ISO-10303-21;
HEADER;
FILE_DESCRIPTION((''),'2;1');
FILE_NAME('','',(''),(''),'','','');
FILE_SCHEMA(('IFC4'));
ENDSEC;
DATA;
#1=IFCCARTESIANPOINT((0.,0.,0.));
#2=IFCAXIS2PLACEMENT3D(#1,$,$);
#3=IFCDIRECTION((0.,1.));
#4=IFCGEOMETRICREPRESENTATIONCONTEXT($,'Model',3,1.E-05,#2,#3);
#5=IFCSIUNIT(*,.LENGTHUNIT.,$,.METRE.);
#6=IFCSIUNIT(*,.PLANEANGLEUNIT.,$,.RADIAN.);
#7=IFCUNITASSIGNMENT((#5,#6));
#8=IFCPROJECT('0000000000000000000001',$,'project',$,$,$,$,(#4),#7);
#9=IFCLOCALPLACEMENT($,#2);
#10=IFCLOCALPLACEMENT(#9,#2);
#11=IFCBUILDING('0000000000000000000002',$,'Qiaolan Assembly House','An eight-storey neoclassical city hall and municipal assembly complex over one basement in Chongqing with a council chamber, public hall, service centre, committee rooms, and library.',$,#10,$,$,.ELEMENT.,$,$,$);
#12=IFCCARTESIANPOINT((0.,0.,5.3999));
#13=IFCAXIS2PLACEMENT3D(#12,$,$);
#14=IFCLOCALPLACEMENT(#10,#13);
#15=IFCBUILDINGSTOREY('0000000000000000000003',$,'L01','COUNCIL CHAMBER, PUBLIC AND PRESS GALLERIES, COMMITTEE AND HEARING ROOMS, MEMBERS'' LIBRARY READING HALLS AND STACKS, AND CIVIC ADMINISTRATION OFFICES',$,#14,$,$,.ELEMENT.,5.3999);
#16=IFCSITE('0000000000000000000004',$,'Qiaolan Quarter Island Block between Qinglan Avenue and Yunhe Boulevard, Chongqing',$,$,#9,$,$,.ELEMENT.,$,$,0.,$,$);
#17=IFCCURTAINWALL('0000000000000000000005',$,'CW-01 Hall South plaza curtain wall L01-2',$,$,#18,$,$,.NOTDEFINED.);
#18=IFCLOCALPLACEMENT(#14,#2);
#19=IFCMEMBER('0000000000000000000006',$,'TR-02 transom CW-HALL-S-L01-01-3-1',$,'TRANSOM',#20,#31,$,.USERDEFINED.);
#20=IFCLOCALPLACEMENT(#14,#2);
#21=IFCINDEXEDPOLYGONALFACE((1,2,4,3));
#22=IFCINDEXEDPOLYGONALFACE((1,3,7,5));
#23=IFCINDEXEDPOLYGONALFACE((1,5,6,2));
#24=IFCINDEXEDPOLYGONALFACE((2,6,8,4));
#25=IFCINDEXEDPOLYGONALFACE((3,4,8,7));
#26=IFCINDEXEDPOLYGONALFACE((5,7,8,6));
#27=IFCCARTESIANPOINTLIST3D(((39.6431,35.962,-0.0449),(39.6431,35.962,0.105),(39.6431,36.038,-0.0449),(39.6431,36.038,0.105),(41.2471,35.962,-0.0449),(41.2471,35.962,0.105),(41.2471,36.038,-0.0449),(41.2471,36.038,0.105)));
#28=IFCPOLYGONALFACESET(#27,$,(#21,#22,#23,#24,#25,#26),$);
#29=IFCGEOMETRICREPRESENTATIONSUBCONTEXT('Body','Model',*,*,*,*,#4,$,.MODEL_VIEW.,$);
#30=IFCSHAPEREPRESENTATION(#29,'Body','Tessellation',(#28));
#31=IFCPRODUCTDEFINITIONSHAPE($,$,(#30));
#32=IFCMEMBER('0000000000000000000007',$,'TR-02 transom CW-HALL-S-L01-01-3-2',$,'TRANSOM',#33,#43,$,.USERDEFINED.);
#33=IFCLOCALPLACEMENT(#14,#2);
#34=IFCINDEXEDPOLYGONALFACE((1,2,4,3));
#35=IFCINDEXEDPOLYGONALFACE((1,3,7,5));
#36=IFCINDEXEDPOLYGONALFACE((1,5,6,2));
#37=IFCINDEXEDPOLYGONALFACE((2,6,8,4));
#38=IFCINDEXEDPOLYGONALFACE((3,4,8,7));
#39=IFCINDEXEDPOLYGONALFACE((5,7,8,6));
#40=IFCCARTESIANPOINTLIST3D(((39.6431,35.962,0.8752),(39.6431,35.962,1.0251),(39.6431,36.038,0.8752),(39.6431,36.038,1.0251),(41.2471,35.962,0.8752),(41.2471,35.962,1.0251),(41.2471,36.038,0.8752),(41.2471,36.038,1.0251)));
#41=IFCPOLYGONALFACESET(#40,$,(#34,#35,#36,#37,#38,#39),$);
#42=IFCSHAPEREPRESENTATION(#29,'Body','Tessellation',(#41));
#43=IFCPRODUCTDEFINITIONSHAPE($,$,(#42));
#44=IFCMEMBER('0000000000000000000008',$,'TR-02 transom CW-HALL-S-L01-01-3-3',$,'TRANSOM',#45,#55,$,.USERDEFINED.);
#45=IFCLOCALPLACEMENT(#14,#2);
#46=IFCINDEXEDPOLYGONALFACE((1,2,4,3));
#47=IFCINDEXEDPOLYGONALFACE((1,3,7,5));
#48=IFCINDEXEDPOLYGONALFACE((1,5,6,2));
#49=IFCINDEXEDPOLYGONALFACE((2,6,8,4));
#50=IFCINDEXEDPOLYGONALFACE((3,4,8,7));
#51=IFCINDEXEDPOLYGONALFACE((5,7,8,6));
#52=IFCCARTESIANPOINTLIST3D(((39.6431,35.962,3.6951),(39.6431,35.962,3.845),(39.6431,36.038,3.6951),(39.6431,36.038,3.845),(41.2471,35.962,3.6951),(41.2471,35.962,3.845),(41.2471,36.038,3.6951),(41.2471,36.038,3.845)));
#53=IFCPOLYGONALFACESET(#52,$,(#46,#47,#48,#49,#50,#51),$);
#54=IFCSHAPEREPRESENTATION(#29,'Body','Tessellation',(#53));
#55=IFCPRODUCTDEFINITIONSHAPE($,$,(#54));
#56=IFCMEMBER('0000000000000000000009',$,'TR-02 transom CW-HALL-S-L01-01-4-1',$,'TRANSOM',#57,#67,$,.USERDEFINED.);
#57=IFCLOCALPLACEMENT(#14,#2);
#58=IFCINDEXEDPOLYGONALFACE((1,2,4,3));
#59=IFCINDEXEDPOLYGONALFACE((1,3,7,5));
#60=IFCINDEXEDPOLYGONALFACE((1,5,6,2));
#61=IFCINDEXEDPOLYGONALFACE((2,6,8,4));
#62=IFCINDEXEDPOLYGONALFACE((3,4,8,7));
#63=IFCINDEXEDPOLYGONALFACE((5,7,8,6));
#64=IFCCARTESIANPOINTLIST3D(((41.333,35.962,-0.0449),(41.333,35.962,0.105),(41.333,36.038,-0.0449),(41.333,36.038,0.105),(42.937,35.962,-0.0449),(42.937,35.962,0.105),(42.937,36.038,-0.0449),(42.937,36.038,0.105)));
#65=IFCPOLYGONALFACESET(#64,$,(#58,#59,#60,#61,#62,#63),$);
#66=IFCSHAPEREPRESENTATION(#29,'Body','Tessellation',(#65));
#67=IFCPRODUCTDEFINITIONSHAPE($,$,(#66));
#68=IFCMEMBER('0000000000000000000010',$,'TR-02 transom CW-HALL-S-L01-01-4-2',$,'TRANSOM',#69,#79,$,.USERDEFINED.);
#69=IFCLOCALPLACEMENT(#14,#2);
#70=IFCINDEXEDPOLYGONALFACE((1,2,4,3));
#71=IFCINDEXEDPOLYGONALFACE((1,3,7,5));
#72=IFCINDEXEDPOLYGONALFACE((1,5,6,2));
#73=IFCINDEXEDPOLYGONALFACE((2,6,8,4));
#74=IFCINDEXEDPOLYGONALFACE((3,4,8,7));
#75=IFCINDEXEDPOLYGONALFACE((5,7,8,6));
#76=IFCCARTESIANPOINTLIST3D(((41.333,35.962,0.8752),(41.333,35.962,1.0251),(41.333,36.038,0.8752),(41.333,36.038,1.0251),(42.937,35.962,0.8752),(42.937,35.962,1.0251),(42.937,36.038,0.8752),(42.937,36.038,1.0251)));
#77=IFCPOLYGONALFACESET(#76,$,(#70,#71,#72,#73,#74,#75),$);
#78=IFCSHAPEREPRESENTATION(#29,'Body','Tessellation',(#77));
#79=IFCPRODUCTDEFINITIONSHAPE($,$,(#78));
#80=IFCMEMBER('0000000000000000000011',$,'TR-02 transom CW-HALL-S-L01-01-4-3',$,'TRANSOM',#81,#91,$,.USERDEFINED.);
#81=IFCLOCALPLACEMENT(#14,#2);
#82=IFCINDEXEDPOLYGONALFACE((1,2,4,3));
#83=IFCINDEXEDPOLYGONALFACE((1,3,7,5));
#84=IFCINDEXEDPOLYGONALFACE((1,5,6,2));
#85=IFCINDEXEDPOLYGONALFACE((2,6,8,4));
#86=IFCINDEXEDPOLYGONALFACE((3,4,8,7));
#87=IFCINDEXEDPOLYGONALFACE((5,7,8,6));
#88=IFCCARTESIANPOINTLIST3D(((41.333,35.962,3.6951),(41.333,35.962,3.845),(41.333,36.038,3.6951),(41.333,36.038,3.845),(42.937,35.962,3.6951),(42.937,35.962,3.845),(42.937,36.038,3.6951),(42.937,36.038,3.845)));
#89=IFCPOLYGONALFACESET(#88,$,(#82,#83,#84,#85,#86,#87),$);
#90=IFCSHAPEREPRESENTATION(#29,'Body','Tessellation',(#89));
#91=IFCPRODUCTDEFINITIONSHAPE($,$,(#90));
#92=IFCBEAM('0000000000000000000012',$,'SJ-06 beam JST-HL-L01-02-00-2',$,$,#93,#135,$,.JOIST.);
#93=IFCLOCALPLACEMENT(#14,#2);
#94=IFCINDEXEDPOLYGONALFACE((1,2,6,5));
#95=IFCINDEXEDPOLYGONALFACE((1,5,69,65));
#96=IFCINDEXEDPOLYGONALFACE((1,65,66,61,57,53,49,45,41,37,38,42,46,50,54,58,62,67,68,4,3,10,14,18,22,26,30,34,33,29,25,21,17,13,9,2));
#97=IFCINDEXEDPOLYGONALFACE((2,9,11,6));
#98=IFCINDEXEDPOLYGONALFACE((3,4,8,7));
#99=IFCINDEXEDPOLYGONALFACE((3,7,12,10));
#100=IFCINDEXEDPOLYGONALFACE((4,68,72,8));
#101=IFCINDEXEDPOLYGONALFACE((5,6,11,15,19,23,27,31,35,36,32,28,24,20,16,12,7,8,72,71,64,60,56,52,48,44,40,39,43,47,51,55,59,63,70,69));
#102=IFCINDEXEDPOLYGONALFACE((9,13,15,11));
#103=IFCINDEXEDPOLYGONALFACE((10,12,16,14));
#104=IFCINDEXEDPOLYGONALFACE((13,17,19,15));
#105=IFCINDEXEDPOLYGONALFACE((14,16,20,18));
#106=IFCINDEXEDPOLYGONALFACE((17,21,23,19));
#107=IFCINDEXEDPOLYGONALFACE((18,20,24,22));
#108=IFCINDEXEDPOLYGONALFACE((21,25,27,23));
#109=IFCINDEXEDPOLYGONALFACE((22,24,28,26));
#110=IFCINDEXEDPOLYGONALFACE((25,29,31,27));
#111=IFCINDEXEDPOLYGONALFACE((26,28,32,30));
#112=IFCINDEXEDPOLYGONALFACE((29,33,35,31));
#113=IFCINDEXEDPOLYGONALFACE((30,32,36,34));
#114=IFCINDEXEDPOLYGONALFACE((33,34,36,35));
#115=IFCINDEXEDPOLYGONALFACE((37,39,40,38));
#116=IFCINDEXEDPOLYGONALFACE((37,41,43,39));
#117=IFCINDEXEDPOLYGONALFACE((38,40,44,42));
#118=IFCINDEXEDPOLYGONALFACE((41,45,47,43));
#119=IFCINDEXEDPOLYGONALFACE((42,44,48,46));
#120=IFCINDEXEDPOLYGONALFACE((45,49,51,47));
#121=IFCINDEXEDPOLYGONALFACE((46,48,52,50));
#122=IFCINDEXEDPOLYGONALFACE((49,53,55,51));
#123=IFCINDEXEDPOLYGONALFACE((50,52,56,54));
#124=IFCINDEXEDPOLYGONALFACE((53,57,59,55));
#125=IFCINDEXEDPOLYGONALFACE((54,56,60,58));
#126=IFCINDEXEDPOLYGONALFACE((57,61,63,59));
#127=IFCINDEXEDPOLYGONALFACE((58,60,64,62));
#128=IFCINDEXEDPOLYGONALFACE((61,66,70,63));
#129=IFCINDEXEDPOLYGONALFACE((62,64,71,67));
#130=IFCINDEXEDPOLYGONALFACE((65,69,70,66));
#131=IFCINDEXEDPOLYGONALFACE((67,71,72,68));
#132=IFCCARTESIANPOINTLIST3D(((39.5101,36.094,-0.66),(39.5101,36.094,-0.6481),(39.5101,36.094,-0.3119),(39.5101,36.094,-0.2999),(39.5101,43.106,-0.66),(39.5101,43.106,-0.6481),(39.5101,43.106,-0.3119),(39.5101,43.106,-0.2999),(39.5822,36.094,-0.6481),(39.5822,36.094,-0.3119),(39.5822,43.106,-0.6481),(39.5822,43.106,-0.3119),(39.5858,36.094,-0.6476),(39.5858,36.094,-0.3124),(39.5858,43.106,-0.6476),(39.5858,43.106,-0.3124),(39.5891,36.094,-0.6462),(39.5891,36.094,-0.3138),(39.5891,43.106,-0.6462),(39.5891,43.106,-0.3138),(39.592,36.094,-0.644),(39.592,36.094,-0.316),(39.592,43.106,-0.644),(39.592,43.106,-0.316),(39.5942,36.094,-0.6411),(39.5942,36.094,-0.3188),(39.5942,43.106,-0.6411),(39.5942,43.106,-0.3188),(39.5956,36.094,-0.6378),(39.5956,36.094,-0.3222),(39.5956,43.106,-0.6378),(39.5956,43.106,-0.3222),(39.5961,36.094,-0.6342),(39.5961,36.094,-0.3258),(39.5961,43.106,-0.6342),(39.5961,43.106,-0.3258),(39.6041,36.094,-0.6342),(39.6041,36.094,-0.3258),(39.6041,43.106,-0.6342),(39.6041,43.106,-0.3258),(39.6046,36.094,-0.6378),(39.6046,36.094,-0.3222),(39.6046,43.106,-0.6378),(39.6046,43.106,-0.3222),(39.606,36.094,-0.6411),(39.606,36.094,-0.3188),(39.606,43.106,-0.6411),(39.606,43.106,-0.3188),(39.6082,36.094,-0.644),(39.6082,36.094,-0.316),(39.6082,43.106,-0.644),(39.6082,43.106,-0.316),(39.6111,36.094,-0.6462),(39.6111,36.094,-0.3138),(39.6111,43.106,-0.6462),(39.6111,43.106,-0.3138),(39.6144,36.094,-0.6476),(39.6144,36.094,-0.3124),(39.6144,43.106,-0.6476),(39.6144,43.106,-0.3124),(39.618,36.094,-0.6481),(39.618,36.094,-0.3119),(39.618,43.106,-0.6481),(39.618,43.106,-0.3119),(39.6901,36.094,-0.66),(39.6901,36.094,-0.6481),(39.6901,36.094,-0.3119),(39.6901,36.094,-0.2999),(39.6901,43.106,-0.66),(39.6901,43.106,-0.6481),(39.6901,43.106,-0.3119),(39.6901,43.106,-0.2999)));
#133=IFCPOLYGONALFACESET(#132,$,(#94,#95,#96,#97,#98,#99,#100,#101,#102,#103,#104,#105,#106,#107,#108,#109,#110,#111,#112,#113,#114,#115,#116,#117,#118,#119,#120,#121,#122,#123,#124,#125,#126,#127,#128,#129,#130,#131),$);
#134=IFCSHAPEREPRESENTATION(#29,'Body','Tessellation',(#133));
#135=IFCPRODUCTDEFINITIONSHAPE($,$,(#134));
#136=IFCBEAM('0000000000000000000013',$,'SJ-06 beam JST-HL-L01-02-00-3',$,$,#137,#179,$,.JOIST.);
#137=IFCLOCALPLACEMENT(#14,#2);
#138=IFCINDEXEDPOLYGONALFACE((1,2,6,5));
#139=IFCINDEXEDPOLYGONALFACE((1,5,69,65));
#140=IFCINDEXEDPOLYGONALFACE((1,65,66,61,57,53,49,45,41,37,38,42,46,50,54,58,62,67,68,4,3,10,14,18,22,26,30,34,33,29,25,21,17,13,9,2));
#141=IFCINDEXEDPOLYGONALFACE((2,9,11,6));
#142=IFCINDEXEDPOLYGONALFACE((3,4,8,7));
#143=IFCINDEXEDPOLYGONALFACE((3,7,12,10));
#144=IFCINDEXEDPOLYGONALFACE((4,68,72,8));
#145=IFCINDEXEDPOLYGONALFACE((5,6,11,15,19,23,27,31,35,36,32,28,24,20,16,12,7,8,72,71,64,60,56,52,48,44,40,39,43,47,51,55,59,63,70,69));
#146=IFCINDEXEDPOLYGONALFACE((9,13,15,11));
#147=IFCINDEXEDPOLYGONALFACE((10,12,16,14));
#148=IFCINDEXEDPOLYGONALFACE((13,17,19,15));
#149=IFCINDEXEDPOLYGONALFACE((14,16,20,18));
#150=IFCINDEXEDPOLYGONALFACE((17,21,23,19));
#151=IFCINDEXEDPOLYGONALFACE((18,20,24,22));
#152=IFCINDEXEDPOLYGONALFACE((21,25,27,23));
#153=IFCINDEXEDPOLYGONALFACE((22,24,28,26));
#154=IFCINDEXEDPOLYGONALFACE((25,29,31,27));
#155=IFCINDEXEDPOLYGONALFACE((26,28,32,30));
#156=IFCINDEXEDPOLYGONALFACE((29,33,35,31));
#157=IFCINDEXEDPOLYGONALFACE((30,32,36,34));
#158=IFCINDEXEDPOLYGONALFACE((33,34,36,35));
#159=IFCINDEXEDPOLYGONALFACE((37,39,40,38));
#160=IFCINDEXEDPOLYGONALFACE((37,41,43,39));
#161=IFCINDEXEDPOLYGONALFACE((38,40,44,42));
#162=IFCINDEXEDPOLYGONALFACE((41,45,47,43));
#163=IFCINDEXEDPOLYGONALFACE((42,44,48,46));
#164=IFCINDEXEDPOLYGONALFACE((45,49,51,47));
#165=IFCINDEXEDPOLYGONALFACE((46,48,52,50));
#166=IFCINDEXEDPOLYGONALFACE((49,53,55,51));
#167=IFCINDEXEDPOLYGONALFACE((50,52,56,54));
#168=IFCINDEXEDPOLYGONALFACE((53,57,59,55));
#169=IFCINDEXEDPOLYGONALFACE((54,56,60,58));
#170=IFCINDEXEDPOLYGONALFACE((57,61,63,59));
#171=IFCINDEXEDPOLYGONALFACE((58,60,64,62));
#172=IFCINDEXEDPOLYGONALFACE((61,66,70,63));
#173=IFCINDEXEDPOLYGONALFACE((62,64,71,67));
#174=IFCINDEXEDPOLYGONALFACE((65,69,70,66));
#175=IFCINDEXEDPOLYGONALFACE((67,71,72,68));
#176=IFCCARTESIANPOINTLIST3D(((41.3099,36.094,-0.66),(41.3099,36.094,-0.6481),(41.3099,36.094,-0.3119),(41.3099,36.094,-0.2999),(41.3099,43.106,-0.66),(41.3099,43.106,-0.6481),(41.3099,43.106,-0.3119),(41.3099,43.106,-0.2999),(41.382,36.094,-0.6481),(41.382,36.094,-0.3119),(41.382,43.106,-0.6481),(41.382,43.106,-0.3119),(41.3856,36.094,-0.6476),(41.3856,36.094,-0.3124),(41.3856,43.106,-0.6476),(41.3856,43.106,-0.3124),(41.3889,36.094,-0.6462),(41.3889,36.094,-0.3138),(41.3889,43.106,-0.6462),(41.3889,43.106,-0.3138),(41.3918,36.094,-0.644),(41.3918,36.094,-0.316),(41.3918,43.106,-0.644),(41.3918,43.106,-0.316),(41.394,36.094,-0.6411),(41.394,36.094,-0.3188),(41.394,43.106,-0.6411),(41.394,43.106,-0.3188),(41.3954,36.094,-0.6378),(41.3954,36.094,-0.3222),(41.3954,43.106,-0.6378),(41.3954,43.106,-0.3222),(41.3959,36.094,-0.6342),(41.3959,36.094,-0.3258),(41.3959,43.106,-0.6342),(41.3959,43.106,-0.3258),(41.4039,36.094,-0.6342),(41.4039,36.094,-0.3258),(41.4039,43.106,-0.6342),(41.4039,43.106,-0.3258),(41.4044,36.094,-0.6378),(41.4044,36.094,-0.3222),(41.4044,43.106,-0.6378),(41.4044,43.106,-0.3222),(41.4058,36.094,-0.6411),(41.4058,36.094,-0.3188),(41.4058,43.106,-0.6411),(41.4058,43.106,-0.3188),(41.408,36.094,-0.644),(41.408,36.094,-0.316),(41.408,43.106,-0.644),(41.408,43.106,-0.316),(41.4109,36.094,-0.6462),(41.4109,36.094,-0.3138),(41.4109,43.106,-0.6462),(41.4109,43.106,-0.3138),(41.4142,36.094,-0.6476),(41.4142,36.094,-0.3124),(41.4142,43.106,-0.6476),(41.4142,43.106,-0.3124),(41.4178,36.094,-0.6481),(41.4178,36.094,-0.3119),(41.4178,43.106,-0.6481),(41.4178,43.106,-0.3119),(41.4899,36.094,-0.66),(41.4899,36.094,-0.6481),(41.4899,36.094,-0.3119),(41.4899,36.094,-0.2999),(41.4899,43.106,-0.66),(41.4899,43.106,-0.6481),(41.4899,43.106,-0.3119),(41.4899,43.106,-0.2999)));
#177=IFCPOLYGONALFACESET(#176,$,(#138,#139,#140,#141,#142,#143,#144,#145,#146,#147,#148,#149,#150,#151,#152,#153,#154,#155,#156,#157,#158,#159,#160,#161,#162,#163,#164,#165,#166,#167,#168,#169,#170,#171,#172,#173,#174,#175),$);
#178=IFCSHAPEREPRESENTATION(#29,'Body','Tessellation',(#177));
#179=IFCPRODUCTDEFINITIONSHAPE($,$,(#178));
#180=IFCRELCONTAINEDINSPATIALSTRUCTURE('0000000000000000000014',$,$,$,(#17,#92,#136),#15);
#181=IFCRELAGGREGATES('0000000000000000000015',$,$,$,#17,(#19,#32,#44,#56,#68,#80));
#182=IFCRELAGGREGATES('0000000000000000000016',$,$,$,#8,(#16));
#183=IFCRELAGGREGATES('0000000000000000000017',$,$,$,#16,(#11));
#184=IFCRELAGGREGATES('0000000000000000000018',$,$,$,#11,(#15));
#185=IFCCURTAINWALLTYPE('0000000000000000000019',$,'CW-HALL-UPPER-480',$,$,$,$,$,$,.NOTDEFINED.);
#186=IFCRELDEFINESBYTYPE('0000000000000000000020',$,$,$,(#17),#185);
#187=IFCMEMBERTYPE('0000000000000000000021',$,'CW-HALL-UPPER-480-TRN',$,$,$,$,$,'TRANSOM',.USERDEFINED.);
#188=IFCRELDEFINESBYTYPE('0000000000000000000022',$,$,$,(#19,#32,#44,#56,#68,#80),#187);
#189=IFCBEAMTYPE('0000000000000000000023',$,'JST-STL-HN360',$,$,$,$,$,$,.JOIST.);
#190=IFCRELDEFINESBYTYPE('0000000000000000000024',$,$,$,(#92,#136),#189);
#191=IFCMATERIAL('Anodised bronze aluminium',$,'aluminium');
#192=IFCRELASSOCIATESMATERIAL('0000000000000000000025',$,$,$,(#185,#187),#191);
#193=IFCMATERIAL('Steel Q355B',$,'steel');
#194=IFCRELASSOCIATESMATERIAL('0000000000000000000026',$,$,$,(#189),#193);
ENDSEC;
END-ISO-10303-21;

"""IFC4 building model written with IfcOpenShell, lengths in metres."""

from ifc_helpers import new_model, si_unit, direction, frame, origin, origin_2d, place, context, subcontext, project, spatial, rectangle, i_section, extrude, material, material_profile, profile_set, type_object, element, aggregate, save


model = new_model("IFC4")

# Units and contexts
model_context = context("Model", 3, precision=1e-05, world=origin(), true_north=direction((0.0, 1.0)))
body_context = subcontext(model_context, "Body", "Model", "MODEL_VIEW")
ifc_project = project(units=[si_unit("LENGTHUNIT", "METRE"), si_unit("PLANEANGLEUNIT", "RADIAN")], contexts=[model_context])

# Site, building, storey
site_placement = place(None, origin())
site = spatial("IfcSite", under=ifc_project, at=site_placement, Name="Qiaolan Quarter Island Block between Qinglan Avenue and Yunhe Boulevard, Chongqing", CompositionType="ELEMENT", RefElevation=0.0)
building_placement = place(site_placement, origin())
building = spatial("IfcBuilding", under=site, at=building_placement, Name="Qiaolan Assembly House", Description="An eight-storey neoclassical city hall and municipal assembly complex over one basement in Chongqing with a council chamber, public hall, service centre, committee rooms, and library.", CompositionType="ELEMENT")
storey_placement = place(building_placement, frame((0.0, 0.0, 5.3999)))
storey = spatial("IfcBuildingStorey", under=building, at=storey_placement, Name="L01", Description="COUNCIL CHAMBER, PUBLIC AND PRESS GALLERIES, COMMITTEE AND HEARING ROOMS, MEMBERS' LIBRARY READING HALLS AND STACKS, AND CIVIC ADMINISTRATION OFFICES", CompositionType="ELEMENT", Elevation=5.3999)

# Shared definitions
ifc_material_1 = material(Name="Steel Q355B", Category="steel")

# Curtain wall
ifc_material_2 = material(Name="Anodised bronze aluminium", Category="aluminium")
curtain_wall_type = type_object("IfcCurtainWallType", Name="CW-HALL-UPPER-480", PredefinedType="NOTDEFINED", material=ifc_material_2)
curtain_wall_1_placement = place(storey_placement, origin())
curtain_wall_1 = element("IfcCurtainWall", 1, at=curtain_wall_1_placement, inside=storey, type_object=curtain_wall_type, Name="CW-01 Hall South plaza curtain wall L01-2", PredefinedType="NOTDEFINED")

# Members
ifc_material_profile_1 = material_profile(ifc_material_2, rectangle(XDim=0.0759, YDim=0.1499, at=origin_2d()), Name="TRN 76x150")
ifc_profile_set_1 = profile_set([ifc_material_profile_1], Name="Anodised bronze aluminium")
member_type_1 = type_object("IfcMemberType", Name="CW-HALL-UPPER-480-TRN", ElementType="TRANSOM", PredefinedType="USERDEFINED", material=ifc_profile_set_1)
member_1_placement = place(storey_placement, frame((39.6431, 36.0, 0.03), z_axis=(1.0, 0.0, 0.0), x_axis=(0.0, 1.0, 0.0)))
member_1 = element("IfcMember", 2, at=member_1_placement, type_object=member_type_1, Name="TR-02 transom CW-HALL-S-L01-01-3-1", ObjectType="TRANSOM", PredefinedType="USERDEFINED", context=body_context, shape_type="SweptSolid", body=[
    extrude(rectangle(XDim=0.0759, YDim=0.1499, at=origin_2d()), origin(), (0.0, 0.0, 1.0), 1.604),
])
member_2_placement = place(storey_placement, frame((39.6431, 36.0, 0.9502), z_axis=(1.0, 0.0, 0.0), x_axis=(0.0, 1.0, 0.0)))
member_2 = element("IfcMember", 3, at=member_2_placement, type_object=member_type_1, Name="TR-02 transom CW-HALL-S-L01-01-3-2", ObjectType="TRANSOM", PredefinedType="USERDEFINED", context=body_context, shape_type="SweptSolid", body=[
    extrude(rectangle(XDim=0.0759, YDim=0.1499, at=origin_2d()), origin(), (0.0, 0.0, 1.0), 1.604),
])
member_3_placement = place(storey_placement, frame((39.6431, 36.0, 3.77), z_axis=(1.0, 0.0, 0.0), x_axis=(0.0, 1.0, 0.0)))
member_3 = element("IfcMember", 4, at=member_3_placement, type_object=member_type_1, Name="TR-02 transom CW-HALL-S-L01-01-3-3", ObjectType="TRANSOM", PredefinedType="USERDEFINED", context=body_context, shape_type="SweptSolid", body=[
    extrude(rectangle(XDim=0.0759, YDim=0.1499, at=origin_2d()), origin(), (0.0, 0.0, 1.0), 1.604),
])
member_4_placement = place(storey_placement, frame((41.333, 36.0, 0.03), z_axis=(1.0, 0.0, 0.0), x_axis=(0.0, 1.0, 0.0)))
member_4 = element("IfcMember", 5, at=member_4_placement, type_object=member_type_1, Name="TR-02 transom CW-HALL-S-L01-01-4-1", ObjectType="TRANSOM", PredefinedType="USERDEFINED", context=body_context, shape_type="SweptSolid", body=[
    extrude(rectangle(XDim=0.0759, YDim=0.1499, at=origin_2d()), origin(), (0.0, 0.0, 1.0), 1.604),
])
member_5_placement = place(storey_placement, frame((41.333, 36.0, 0.9502), z_axis=(1.0, 0.0, 0.0), x_axis=(0.0, 1.0, 0.0)))
member_5 = element("IfcMember", 6, at=member_5_placement, type_object=member_type_1, Name="TR-02 transom CW-HALL-S-L01-01-4-2", ObjectType="TRANSOM", PredefinedType="USERDEFINED", context=body_context, shape_type="SweptSolid", body=[
    extrude(rectangle(XDim=0.0759, YDim=0.1499, at=origin_2d()), origin(), (0.0, 0.0, 1.0), 1.604),
])
member_6_placement = place(storey_placement, frame((41.333, 36.0, 3.77), z_axis=(1.0, 0.0, 0.0), x_axis=(0.0, 1.0, 0.0)))
member_6 = element("IfcMember", 7, at=member_6_placement, type_object=member_type_1, Name="TR-02 transom CW-HALL-S-L01-01-4-3", ObjectType="TRANSOM", PredefinedType="USERDEFINED", context=body_context, shape_type="SweptSolid", body=[
    extrude(rectangle(XDim=0.0759, YDim=0.1499, at=origin_2d()), origin(), (0.0, 0.0, 1.0), 1.604),
])

# Beams
ifc_material_profile_2 = material_profile(ifc_material_1, i_section(OverallWidth=0.1799, OverallDepth=0.3601, WebThickness=0.0081, FlangeThickness=0.012, FilletRadius=0.0139, at=origin_2d()), Name="HN 360x180x8x12")
ifc_profile_set_2 = profile_set([ifc_material_profile_2], Name="Steel Q355B")
beam_type_1 = type_object("IfcBeamType", Name="JST-STL-HN360", PredefinedType="JOIST", material=ifc_profile_set_2)
for number, where, z_axis, x_axis, name in (
    (8, (39.6001, 36.094, -0.48), (0.0, 1.0, 0.0), (-1.0, 0.0, 0.0), "SJ-06 beam JST-HL-L01-02-00-2"),
    (9, (41.3999, 36.094, -0.48), (0.0, 1.0, 0.0), (-1.0, 0.0, 0.0), "SJ-06 beam JST-HL-L01-02-00-3"),
):
    element("IfcBeam", number, at=place(storey_placement, frame(where, z_axis=z_axis, x_axis=x_axis)), inside=storey, type_object=beam_type_1, Name=name, PredefinedType="JOIST", context=body_context, shape_type="SweptSolid", body=[
        extrude(i_section(OverallWidth=0.1799, OverallDepth=0.3601, WebThickness=0.0081, FlangeThickness=0.012, FilletRadius=0.0139, at=origin_2d()), origin(), (0.0, 0.0, 1.0), 7.012),
    ])

aggregate(curtain_wall_1, [member_1, member_2, member_3, member_4, member_5, member_6])

save(model, "model.ifc")
